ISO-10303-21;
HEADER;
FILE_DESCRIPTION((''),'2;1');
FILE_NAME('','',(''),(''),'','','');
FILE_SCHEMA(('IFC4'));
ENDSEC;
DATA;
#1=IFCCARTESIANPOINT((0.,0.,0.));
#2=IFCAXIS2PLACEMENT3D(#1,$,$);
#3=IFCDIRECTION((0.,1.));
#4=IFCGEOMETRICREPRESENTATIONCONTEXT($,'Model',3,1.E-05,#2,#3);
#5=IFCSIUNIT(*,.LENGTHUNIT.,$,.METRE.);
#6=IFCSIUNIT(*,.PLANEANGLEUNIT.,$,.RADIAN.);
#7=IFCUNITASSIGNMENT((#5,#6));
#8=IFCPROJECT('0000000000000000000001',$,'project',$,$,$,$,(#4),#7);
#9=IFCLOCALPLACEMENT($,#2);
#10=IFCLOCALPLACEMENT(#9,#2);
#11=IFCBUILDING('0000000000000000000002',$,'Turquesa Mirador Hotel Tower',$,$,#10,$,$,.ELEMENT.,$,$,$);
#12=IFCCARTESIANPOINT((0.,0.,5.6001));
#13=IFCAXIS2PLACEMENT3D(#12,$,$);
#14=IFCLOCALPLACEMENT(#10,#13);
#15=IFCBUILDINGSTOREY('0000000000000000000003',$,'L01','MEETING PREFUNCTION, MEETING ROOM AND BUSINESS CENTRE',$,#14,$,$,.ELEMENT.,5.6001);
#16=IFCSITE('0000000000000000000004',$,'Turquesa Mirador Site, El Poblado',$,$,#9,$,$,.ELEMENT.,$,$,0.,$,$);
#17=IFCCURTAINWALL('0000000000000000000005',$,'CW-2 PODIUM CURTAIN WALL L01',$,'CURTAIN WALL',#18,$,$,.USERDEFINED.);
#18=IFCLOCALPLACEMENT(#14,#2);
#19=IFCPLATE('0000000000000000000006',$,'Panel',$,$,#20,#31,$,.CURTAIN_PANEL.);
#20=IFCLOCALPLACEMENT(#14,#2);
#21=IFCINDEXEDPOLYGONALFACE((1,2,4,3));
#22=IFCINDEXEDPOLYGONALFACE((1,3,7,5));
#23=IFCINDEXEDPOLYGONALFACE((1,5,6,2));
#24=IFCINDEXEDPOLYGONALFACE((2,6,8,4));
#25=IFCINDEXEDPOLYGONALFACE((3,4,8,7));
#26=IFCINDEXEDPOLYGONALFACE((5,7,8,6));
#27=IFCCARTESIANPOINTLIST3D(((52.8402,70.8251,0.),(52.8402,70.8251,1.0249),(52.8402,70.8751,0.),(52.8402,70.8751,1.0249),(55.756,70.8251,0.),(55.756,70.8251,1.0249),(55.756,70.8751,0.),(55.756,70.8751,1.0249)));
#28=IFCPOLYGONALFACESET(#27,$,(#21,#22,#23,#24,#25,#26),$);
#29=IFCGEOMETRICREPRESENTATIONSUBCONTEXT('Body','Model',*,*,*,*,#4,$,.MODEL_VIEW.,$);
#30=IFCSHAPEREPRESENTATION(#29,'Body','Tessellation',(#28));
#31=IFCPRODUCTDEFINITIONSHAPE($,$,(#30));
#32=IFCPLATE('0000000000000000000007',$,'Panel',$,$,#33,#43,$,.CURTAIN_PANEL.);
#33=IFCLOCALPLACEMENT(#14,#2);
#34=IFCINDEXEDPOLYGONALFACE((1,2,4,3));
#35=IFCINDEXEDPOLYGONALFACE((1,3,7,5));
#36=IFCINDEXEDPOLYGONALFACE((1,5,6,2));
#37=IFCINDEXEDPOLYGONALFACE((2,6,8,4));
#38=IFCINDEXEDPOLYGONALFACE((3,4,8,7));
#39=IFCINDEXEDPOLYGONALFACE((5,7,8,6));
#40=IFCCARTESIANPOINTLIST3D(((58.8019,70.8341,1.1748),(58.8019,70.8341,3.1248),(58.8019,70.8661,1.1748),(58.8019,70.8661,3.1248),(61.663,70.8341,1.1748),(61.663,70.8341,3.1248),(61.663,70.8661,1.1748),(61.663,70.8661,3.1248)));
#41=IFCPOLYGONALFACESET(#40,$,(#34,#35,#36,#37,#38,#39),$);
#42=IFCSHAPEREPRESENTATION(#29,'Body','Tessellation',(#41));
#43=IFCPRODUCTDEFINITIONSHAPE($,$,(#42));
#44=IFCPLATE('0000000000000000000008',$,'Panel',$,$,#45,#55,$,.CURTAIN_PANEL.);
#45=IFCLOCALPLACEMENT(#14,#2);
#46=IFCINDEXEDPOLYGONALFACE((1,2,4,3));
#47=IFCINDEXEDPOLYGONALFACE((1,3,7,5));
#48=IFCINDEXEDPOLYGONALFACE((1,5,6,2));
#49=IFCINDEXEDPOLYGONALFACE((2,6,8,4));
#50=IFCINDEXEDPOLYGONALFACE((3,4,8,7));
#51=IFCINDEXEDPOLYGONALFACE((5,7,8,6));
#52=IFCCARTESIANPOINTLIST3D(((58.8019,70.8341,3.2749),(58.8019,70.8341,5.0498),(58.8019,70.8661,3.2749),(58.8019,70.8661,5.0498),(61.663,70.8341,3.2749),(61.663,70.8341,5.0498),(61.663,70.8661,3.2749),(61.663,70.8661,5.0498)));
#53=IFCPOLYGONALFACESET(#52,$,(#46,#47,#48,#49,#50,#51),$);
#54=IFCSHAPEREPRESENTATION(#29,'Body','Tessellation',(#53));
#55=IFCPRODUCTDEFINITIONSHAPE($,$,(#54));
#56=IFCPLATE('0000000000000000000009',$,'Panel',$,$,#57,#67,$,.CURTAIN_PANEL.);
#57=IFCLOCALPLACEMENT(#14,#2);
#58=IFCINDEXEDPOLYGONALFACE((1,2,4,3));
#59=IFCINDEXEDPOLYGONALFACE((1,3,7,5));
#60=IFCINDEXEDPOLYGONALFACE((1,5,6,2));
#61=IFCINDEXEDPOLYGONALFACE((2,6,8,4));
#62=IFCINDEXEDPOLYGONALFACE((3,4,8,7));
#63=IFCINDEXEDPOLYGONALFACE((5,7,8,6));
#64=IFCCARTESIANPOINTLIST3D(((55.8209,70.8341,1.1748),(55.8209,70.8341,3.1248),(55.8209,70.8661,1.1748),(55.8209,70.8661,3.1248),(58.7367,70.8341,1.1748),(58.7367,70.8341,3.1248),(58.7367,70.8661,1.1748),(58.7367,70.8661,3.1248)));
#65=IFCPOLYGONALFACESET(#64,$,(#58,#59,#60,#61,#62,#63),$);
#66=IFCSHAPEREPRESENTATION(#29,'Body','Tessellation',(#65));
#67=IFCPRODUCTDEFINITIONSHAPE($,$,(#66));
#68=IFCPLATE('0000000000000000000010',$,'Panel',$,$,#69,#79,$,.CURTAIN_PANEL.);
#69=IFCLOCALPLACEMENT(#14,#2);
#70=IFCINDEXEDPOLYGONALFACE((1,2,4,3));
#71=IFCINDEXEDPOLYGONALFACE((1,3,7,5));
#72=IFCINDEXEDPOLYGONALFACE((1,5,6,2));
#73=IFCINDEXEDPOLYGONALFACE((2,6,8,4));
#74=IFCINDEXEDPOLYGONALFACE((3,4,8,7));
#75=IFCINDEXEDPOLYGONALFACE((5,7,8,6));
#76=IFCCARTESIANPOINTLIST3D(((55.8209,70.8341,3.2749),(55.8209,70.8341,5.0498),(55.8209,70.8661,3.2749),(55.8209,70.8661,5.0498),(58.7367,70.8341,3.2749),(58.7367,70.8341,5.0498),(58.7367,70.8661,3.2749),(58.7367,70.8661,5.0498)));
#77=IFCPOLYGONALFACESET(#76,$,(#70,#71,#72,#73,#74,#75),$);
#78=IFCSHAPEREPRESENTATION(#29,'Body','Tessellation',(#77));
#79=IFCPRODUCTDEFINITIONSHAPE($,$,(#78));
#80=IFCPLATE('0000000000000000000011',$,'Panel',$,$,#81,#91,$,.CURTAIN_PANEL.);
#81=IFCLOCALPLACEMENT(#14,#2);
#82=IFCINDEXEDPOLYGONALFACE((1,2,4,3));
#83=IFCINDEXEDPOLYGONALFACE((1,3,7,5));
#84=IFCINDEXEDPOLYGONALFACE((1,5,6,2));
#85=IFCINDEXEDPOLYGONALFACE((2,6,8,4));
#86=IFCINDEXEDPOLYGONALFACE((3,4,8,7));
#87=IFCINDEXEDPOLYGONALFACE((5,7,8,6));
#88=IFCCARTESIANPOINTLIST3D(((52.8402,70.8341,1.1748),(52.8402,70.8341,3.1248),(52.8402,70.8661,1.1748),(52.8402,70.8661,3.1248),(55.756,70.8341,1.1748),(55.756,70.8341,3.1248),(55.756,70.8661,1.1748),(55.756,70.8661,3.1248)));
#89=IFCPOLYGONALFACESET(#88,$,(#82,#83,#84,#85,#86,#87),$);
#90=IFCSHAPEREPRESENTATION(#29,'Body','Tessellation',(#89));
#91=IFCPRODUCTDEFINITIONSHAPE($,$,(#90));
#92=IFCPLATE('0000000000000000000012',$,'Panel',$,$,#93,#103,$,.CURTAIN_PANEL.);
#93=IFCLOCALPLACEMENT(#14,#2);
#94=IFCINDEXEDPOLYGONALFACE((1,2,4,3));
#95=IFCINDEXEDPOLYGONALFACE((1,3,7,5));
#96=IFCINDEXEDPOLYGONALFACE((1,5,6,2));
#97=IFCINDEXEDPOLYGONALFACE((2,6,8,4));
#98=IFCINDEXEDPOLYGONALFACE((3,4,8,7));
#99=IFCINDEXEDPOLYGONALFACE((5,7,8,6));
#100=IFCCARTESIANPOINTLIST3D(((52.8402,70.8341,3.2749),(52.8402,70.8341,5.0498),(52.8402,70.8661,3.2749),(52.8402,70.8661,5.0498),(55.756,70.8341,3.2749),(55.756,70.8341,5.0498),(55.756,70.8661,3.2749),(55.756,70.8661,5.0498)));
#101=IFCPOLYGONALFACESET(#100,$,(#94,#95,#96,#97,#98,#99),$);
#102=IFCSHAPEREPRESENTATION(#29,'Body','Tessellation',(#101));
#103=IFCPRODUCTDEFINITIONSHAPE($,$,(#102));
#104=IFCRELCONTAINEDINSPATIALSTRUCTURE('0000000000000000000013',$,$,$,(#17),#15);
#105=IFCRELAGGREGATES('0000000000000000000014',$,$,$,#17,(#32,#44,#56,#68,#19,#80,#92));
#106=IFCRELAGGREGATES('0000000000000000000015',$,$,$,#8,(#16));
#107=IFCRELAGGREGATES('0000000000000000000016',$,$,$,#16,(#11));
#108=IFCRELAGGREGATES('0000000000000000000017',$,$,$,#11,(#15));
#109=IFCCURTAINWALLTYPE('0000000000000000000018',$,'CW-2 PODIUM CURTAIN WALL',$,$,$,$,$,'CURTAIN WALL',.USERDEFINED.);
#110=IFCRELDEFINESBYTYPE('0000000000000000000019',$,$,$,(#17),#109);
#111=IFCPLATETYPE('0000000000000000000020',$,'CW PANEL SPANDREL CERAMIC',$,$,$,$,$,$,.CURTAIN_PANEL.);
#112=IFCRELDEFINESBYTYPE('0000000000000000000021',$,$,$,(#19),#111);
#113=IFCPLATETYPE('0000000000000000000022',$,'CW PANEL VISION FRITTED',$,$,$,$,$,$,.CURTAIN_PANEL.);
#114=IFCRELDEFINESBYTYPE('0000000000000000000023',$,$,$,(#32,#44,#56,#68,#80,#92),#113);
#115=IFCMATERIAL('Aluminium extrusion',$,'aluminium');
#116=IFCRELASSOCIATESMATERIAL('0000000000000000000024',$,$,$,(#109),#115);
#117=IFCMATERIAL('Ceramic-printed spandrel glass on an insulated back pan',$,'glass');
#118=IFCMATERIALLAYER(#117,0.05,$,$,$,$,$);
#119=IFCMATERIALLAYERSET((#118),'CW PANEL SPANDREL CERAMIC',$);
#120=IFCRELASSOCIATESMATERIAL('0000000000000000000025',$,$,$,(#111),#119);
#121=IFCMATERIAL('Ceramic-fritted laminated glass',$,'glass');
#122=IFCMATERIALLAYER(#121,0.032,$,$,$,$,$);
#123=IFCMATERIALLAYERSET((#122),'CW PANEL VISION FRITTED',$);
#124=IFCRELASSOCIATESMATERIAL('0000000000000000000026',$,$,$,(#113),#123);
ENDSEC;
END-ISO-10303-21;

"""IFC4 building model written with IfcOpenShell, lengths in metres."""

from ifc_helpers import new_model, si_unit, direction, frame, origin, origin_2d, place, context, subcontext, project, spatial, rectangle, extrude, material, layer, layer_set, type_object, element, aggregate, save


model = new_model("IFC4")

# Units and contexts
model_context = context("Model", 3, precision=1e-05, world=origin(), true_north=direction((0.0, 1.0)))
body_context = subcontext(model_context, "Body", "Model", "MODEL_VIEW")
ifc_project = project(units=[si_unit("LENGTHUNIT", "METRE"), si_unit("PLANEANGLEUNIT", "RADIAN")], contexts=[model_context])

# Site, building, storey
site_placement = place(None, origin())
site = spatial("IfcSite", under=ifc_project, at=site_placement, Name="Turquesa Mirador Site, El Poblado", CompositionType="ELEMENT", RefElevation=0.0)
building_placement = place(site_placement, origin())
building = spatial("IfcBuilding", under=site, at=building_placement, Name="Turquesa Mirador Hotel Tower", CompositionType="ELEMENT")
storey_placement = place(building_placement, frame((0.0, 0.0, 5.6001)))
storey = spatial("IfcBuildingStorey", under=building, at=storey_placement, Name="L01", Description="MEETING PREFUNCTION, MEETING ROOM AND BUSINESS CENTRE", CompositionType="ELEMENT", Elevation=5.6001)

# Curtain wall, plates
ifc_material_1 = material(Name="Aluminium extrusion", Category="aluminium")
curtain_wall_type = type_object("IfcCurtainWallType", Name="CW-2 PODIUM CURTAIN WALL", ElementType="CURTAIN WALL", PredefinedType="USERDEFINED", material=ifc_material_1)
curtain_wall_placement = place(storey_placement, origin())
curtain_wall = element("IfcCurtainWall", 1, at=curtain_wall_placement, inside=storey, type_object=curtain_wall_type, Name="CW-2 PODIUM CURTAIN WALL L01", ObjectType="CURTAIN WALL", PredefinedType="USERDEFINED")
ifc_material_2 = material(Name="Ceramic-printed spandrel glass on an insulated back pan", Category="glass")
ifc_layer_1 = layer(ifc_material_2, 0.05)
ifc_layer_set_1 = layer_set([ifc_layer_1], Name="CW PANEL SPANDREL CERAMIC")
plate_type_1 = type_object("IfcPlateType", Name="CW PANEL SPANDREL CERAMIC", PredefinedType="CURTAIN_PANEL", material=ifc_layer_set_1)
plate_1_placement = place(storey_placement, frame((54.2981, 70.8501, 0.0), z_axis=(0.0, 0.0, 1.0), x_axis=(-1.0, 0.0, 0.0)))
plate_1 = element("IfcPlate", 2, at=plate_1_placement, type_object=plate_type_1, Name="Panel", PredefinedType="CURTAIN_PANEL", context=body_context, shape_type="SweptSolid", body=[
    extrude(rectangle(XDim=2.9158, YDim=0.05, at=origin_2d()), origin(), (0.0, 0.0, 1.0), 1.0249),
])
ifc_material_3 = material(Name="Ceramic-fritted laminated glass", Category="glass")
ifc_layer_2 = layer(ifc_material_3, 0.032)
ifc_layer_set_2 = layer_set([ifc_layer_2], Name="CW PANEL VISION FRITTED")
plate_type_2 = type_object("IfcPlateType", Name="CW PANEL VISION FRITTED", PredefinedType="CURTAIN_PANEL", material=ifc_layer_set_2)
plate_2_placement = place(storey_placement, frame((60.2324, 70.8501, 1.1748), z_axis=(0.0, 0.0, 1.0), x_axis=(-1.0, 0.0, 0.0)))
plate_2 = element("IfcPlate", 3, at=plate_2_placement, type_object=plate_type_2, Name="Panel", PredefinedType="CURTAIN_PANEL", context=body_context, shape_type="SweptSolid", body=[
    extrude(rectangle(XDim=2.8611, YDim=0.032, at=origin_2d()), origin(), (0.0, 0.0, 1.0), 1.95),
])
plate_3_placement = place(storey_placement, frame((60.2324, 70.8501, 3.2749), z_axis=(0.0, 0.0, 1.0), x_axis=(-1.0, 0.0, 0.0)))
plate_3 = element("IfcPlate", 4, at=plate_3_placement, type_object=plate_type_2, Name="Panel", PredefinedType="CURTAIN_PANEL", context=body_context, shape_type="SweptSolid", body=[
    extrude(rectangle(XDim=2.8611, YDim=0.032, at=origin_2d()), origin(), (0.0, 0.0, 1.0), 1.7749),
])
plate_4_placement = place(storey_placement, frame((57.2788, 70.8501, 1.1748), z_axis=(0.0, 0.0, 1.0), x_axis=(-1.0, 0.0, 0.0)))
plate_4 = element("IfcPlate", 5, at=plate_4_placement, type_object=plate_type_2, Name="Panel", PredefinedType="CURTAIN_PANEL", context=body_context, shape_type="SweptSolid", body=[
    extrude(rectangle(XDim=2.9158, YDim=0.032, at=origin_2d()), origin(), (0.0, 0.0, 1.0), 1.95),
])
plate_5_placement = place(storey_placement, frame((57.2788, 70.8501, 3.2749), z_axis=(0.0, 0.0, 1.0), x_axis=(-1.0, 0.0, 0.0)))
plate_5 = element("IfcPlate", 6, at=plate_5_placement, type_object=plate_type_2, Name="Panel", PredefinedType="CURTAIN_PANEL", context=body_context, shape_type="SweptSolid", body=[
    extrude(rectangle(XDim=2.9158, YDim=0.032, at=origin_2d()), origin(), (0.0, 0.0, 1.0), 1.7749),
])
plate_6_placement = place(storey_placement, frame((54.2981, 70.8501, 1.1748), z_axis=(0.0, 0.0, 1.0), x_axis=(-1.0, 0.0, 0.0)))
plate_6 = element("IfcPlate", 7, at=plate_6_placement, type_object=plate_type_2, Name="Panel", PredefinedType="CURTAIN_PANEL", context=body_context, shape_type="SweptSolid", body=[
    extrude(rectangle(XDim=2.9158, YDim=0.032, at=origin_2d()), origin(), (0.0, 0.0, 1.0), 1.95),
])
plate_7_placement = place(storey_placement, frame((54.2981, 70.8501, 3.2749), z_axis=(0.0, 0.0, 1.0), x_axis=(-1.0, 0.0, 0.0)))
plate_7 = element("IfcPlate", 8, at=plate_7_placement, type_object=plate_type_2, Name="Panel", PredefinedType="CURTAIN_PANEL", context=body_context, shape_type="SweptSolid", body=[
    extrude(rectangle(XDim=2.9158, YDim=0.032, at=origin_2d()), origin(), (0.0, 0.0, 1.0), 1.7749),
])
aggregate(curtain_wall, [plate_2, plate_3, plate_4, plate_5, plate_1, plate_6, plate_7])

save(model, "model.ifc")
